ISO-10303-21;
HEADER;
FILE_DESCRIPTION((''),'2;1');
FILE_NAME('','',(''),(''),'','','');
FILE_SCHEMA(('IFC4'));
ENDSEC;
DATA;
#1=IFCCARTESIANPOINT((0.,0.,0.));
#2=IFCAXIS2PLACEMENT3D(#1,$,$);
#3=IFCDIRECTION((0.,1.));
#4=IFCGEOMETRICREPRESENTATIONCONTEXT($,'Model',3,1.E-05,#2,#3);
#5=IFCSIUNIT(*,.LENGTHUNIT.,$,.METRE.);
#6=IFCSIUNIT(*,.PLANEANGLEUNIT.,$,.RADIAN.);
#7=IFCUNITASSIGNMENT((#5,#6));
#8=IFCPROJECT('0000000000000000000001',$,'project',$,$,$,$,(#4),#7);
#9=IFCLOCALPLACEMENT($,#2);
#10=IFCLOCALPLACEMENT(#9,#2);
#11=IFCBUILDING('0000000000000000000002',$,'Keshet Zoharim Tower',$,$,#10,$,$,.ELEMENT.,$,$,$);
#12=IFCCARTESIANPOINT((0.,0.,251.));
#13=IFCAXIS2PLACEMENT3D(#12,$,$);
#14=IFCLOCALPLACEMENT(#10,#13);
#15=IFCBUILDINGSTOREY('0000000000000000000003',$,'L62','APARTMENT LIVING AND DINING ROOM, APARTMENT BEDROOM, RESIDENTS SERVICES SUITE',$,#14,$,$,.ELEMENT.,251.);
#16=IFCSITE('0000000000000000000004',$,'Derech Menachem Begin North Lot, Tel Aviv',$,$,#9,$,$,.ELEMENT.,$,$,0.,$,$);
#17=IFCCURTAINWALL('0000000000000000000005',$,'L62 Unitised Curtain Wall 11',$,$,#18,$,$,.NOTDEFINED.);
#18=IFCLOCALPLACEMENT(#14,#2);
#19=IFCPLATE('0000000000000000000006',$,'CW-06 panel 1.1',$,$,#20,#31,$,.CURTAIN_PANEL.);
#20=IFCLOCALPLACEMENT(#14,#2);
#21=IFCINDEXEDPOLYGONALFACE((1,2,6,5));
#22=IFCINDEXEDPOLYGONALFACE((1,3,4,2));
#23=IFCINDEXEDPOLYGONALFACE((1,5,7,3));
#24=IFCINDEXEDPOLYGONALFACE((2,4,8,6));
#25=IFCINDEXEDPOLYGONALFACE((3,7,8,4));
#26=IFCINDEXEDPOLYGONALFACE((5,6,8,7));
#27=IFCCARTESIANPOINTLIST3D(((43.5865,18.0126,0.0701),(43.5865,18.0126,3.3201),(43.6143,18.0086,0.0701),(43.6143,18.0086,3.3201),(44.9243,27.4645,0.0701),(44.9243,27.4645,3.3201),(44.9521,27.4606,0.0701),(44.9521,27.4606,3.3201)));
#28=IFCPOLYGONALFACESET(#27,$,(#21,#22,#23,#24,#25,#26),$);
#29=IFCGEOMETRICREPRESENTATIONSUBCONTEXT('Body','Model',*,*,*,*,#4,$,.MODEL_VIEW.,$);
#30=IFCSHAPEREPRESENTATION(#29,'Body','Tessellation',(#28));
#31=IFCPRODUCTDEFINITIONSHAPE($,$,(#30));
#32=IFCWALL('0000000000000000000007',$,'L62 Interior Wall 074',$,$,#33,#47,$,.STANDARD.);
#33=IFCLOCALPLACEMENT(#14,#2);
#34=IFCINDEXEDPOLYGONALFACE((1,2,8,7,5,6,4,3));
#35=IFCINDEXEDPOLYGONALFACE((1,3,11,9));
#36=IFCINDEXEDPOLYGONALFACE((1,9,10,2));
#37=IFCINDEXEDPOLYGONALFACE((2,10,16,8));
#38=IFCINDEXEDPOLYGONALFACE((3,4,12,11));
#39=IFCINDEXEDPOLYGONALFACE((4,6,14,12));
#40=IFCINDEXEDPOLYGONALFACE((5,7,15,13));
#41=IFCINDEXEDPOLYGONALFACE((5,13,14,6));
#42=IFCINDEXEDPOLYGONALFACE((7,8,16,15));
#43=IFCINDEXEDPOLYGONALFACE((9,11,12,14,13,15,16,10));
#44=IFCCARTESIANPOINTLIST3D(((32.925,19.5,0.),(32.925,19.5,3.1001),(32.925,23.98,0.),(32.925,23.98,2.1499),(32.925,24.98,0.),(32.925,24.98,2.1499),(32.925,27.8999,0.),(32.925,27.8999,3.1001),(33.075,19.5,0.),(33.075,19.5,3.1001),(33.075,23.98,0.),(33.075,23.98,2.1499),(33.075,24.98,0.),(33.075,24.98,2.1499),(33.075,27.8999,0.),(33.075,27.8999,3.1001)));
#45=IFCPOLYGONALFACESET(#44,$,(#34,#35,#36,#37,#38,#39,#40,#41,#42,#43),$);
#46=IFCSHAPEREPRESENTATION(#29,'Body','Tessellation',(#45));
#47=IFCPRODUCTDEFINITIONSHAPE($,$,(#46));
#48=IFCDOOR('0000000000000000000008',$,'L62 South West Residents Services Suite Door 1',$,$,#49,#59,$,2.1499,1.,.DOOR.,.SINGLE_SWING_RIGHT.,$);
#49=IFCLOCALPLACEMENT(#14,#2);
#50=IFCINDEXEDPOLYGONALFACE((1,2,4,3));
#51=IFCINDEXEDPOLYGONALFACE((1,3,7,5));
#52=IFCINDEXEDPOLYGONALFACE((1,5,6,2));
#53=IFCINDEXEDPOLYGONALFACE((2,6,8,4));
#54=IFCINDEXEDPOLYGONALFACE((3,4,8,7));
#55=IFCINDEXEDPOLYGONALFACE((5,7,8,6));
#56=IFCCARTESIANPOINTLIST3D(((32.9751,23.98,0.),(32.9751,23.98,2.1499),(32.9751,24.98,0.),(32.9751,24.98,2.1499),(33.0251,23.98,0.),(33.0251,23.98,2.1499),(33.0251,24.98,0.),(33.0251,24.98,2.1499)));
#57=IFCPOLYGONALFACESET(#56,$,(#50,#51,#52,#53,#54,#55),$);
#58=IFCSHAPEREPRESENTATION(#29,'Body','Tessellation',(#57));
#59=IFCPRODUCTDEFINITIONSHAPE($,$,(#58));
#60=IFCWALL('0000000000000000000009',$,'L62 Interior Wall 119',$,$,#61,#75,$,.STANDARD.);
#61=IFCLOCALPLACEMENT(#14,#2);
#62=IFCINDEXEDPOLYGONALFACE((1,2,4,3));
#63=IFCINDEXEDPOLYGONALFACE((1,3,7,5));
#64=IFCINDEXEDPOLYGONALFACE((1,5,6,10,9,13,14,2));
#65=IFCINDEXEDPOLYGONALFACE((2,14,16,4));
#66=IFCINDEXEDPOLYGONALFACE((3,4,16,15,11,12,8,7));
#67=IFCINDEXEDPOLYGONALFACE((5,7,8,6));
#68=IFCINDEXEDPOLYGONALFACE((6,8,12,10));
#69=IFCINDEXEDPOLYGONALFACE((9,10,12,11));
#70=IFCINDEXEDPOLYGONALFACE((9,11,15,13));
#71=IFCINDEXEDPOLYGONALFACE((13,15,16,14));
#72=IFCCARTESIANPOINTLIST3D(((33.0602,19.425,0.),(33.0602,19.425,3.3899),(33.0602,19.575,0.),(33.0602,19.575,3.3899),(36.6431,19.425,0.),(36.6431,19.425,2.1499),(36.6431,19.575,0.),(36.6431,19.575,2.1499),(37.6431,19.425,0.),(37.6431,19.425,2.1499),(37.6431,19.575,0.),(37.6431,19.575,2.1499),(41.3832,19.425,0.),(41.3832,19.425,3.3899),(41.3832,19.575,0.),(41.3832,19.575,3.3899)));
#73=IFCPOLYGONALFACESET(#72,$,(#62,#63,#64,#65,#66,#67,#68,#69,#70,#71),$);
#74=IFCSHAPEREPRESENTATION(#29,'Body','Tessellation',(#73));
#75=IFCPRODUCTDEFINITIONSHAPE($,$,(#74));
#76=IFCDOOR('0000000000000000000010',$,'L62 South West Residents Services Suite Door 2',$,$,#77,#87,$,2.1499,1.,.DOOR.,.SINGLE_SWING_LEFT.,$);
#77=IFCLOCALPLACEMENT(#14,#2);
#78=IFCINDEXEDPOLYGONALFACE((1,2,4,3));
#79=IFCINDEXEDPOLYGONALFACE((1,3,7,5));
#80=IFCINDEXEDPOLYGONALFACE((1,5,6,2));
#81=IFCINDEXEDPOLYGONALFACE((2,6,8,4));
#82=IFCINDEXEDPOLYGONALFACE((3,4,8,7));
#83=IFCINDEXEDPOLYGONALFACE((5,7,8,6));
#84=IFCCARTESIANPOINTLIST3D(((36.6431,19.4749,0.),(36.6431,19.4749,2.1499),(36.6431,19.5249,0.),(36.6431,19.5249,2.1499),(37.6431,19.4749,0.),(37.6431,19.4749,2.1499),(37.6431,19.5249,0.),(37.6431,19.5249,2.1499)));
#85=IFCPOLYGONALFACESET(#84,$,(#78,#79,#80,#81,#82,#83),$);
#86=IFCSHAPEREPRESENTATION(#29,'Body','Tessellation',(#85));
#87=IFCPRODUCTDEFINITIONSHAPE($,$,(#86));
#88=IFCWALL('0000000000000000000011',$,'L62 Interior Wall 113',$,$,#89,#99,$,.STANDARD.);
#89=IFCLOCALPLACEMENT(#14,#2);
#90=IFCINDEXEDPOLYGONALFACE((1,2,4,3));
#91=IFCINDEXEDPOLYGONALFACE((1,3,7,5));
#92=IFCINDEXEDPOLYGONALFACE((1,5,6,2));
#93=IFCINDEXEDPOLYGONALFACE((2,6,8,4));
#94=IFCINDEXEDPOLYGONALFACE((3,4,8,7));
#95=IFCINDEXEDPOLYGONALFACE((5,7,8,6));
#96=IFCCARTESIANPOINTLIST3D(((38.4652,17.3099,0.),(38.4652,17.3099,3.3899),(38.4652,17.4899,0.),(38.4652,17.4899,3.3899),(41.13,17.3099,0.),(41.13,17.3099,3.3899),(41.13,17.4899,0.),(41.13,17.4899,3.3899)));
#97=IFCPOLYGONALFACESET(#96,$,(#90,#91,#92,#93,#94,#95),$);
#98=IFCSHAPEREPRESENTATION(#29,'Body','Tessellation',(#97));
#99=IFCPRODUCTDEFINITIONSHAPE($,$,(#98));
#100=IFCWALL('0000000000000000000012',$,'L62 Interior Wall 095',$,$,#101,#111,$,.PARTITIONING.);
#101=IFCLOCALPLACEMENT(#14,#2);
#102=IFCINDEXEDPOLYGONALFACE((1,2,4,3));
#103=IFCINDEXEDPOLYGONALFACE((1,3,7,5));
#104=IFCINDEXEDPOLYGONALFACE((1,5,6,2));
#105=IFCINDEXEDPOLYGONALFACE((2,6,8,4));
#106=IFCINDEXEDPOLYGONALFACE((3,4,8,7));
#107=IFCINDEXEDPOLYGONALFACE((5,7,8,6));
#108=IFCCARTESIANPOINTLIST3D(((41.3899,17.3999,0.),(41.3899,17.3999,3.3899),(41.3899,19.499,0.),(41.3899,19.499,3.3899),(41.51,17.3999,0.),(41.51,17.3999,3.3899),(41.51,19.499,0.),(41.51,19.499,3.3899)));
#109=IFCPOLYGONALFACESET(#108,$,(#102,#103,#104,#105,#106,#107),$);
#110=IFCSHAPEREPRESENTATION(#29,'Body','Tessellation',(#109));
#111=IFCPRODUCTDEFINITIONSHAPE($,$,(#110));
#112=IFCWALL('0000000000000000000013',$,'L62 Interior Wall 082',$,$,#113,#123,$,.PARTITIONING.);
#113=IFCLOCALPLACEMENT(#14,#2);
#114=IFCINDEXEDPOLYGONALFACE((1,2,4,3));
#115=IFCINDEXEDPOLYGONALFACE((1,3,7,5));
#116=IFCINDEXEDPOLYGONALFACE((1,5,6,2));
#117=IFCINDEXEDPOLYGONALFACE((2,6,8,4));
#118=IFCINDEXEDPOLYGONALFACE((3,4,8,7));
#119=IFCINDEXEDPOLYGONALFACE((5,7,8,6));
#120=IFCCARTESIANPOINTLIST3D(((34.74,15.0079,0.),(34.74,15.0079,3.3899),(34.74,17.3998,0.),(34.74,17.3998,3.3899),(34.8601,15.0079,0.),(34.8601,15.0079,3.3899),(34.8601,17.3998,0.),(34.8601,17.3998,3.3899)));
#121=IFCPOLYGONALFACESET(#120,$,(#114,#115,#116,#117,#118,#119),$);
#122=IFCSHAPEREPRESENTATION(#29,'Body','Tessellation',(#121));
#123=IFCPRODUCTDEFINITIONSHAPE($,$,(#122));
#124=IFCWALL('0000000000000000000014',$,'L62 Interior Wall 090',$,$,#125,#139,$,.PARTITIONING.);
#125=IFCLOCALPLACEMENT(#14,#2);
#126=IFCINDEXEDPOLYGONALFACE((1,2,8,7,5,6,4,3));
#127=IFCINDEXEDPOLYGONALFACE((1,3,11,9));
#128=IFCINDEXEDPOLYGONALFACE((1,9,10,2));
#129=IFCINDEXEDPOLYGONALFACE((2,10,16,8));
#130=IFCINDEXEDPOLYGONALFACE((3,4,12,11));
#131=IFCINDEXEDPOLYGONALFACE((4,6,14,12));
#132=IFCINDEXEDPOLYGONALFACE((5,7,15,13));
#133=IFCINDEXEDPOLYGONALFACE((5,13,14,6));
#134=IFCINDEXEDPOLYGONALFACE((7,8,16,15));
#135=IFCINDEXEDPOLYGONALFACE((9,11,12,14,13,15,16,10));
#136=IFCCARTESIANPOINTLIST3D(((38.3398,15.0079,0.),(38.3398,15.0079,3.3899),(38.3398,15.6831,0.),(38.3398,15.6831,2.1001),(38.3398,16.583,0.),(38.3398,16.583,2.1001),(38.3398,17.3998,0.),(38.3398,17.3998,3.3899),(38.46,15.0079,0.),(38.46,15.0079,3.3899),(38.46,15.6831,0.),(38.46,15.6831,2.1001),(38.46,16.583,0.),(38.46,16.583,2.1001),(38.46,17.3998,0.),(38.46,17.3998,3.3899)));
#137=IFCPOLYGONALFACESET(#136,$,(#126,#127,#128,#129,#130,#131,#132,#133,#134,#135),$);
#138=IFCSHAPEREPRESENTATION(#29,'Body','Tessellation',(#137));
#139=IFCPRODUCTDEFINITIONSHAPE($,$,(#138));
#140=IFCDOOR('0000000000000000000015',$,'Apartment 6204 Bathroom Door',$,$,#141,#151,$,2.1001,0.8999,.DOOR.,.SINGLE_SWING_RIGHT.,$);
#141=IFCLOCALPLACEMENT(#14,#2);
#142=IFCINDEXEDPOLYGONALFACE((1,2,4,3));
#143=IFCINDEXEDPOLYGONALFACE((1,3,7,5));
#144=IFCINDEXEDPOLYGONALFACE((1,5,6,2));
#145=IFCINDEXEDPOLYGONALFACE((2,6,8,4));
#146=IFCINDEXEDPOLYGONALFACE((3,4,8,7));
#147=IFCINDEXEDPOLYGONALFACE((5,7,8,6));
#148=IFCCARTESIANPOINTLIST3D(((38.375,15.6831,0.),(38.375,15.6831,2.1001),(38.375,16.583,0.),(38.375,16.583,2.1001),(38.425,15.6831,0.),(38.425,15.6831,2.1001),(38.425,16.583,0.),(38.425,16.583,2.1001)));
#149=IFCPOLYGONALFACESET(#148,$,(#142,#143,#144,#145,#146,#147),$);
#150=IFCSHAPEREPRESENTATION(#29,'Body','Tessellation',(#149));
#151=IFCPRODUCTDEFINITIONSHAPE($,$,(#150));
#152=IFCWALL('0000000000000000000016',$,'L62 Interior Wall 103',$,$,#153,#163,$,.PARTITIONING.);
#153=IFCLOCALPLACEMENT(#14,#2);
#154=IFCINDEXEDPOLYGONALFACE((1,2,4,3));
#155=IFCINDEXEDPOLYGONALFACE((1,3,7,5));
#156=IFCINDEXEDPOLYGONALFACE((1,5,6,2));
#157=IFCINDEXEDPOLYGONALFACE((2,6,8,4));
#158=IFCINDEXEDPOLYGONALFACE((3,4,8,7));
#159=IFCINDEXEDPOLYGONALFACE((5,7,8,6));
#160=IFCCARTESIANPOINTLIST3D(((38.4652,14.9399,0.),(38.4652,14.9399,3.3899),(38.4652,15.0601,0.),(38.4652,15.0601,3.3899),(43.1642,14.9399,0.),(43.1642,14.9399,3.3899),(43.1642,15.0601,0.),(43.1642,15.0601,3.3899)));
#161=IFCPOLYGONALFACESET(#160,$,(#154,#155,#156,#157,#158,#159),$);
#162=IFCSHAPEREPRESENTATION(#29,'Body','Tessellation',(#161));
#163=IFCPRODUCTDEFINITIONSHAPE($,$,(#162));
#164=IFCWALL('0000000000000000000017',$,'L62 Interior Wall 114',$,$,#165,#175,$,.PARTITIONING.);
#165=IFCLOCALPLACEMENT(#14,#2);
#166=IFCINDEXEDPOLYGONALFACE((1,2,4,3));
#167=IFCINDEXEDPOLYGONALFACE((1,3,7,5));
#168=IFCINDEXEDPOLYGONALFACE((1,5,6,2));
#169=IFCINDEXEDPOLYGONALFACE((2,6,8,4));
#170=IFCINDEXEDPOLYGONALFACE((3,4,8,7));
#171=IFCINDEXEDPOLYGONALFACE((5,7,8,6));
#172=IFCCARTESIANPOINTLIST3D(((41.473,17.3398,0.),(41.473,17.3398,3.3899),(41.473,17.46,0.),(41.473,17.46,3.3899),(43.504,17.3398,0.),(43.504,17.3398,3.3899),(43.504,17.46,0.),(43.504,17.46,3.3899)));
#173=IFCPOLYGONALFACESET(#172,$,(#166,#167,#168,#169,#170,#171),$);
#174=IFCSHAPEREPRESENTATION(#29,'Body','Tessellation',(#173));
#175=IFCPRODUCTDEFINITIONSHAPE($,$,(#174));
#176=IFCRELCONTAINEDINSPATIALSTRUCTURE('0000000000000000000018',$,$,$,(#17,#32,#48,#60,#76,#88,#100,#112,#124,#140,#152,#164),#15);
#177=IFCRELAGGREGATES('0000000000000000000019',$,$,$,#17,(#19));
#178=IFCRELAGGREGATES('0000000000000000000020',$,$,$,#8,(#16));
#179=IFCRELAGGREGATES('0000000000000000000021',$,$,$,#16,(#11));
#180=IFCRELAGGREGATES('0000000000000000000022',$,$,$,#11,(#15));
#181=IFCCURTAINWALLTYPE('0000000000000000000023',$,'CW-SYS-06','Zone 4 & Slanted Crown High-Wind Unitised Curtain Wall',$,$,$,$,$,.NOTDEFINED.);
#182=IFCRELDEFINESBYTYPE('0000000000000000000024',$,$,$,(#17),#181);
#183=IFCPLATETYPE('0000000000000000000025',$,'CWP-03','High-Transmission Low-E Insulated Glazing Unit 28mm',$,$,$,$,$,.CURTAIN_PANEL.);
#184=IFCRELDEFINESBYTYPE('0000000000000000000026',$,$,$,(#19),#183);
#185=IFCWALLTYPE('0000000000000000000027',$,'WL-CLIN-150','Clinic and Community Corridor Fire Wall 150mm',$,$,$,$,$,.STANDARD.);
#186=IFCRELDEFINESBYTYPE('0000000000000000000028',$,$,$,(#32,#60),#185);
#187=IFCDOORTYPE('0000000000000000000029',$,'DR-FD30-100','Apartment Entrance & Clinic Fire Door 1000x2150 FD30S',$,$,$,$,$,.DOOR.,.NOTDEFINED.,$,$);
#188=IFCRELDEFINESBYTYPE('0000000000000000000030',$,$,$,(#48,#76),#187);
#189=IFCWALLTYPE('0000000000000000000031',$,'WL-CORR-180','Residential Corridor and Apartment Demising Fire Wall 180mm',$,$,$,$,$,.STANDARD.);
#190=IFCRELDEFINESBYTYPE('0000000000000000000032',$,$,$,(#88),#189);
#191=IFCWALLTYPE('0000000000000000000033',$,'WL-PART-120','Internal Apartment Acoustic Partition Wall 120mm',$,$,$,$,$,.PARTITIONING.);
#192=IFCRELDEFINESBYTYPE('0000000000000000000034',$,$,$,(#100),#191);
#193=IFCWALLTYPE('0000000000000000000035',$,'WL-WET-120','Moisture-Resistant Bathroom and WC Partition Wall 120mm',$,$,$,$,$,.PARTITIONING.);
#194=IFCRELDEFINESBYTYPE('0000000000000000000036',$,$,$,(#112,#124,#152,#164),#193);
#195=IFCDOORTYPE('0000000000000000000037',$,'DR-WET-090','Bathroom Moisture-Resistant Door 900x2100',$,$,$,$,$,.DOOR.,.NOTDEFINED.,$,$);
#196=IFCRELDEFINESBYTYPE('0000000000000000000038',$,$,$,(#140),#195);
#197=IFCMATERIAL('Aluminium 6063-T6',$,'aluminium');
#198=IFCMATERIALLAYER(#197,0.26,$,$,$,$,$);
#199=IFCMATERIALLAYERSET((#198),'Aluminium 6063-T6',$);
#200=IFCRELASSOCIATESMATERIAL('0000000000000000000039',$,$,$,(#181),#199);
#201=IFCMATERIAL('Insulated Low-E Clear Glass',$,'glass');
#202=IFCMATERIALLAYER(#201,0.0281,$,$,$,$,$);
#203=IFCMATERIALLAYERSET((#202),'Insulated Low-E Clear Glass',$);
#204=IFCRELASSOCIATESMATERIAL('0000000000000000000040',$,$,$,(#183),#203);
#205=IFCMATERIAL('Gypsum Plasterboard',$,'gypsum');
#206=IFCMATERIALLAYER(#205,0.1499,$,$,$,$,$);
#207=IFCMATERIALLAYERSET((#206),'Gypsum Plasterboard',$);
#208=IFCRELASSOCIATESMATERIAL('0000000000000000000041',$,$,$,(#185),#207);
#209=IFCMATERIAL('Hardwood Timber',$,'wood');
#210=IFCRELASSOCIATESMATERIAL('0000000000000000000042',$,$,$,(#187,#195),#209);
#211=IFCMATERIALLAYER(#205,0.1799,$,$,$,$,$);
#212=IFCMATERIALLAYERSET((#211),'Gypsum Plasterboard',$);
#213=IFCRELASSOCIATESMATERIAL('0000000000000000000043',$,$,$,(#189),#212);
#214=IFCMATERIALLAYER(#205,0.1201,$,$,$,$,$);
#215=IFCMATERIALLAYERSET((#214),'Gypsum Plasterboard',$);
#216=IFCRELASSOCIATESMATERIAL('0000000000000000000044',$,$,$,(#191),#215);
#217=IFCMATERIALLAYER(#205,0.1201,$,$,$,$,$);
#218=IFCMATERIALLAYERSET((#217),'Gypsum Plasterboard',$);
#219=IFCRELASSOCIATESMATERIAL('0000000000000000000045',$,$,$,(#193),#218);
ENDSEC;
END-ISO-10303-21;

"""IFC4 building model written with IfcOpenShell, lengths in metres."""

from ifc_helpers import new_model, si_unit, direction, frame, frame_2d, origin, origin_2d, place, context, subcontext, project, spatial, rectangle, extrude, material, layer, layer_set, type_object, element, fill, aggregate, save


model = new_model("IFC4")

# Units and contexts
model_context = context("Model", 3, precision=1e-05, world=origin(), true_north=direction((0.0, 1.0)))
body_context = subcontext(model_context, "Body", "Model", "MODEL_VIEW")
ifc_project = project(units=[si_unit("LENGTHUNIT", "METRE"), si_unit("PLANEANGLEUNIT", "RADIAN")], contexts=[model_context])

# Site, building, storey
site_placement = place(None, origin())
site = spatial("IfcSite", under=ifc_project, at=site_placement, Name="Derech Menachem Begin North Lot, Tel Aviv", CompositionType="ELEMENT", RefElevation=0.0)
building_placement = place(site_placement, origin())
building = spatial("IfcBuilding", under=site, at=building_placement, Name="Keshet Zoharim Tower", CompositionType="ELEMENT")
storey_placement = place(building_placement, frame((0.0, 0.0, 251.0)))
storey = spatial("IfcBuildingStorey", under=building, at=storey_placement, Name="L62", Description="APARTMENT LIVING AND DINING ROOM, APARTMENT BEDROOM, RESIDENTS SERVICES SUITE", CompositionType="ELEMENT", Elevation=251.0)

# Shared definitions
ifc_material_1 = material(Name="Aluminium 6063-T6", Category="aluminium")
ifc_layer_1 = layer(ifc_material_1, 0.26)
ifc_layer_set_1 = layer_set([ifc_layer_1], Name="Aluminium 6063-T6")
curtain_wall_type = type_object("IfcCurtainWallType", Name="CW-SYS-06", Description="Zone 4 & Slanted Crown High-Wind Unitised Curtain Wall", PredefinedType="NOTDEFINED", material=ifc_layer_set_1)

# Curtain wall
curtain_wall_1_placement = place(storey_placement, origin())
curtain_wall_1 = element("IfcCurtainWall", 1, at=curtain_wall_1_placement, inside=storey, type_object=curtain_wall_type, Name="L62 Unitised Curtain Wall 11", PredefinedType="NOTDEFINED")

# Plate
ifc_material_2 = material(Name="Insulated Low-E Clear Glass", Category="glass")
ifc_layer_2 = layer(ifc_material_2, 0.0281)
ifc_layer_set_2 = layer_set([ifc_layer_2], Name="Insulated Low-E Clear Glass")
plate_type = type_object("IfcPlateType", Name="CWP-03", Description="High-Transmission Low-E Insulated Glazing Unit 28mm", PredefinedType="CURTAIN_PANEL", material=ifc_layer_set_2)
plate_1_placement = place(storey_placement, frame((44.2693, 22.7366, 0.0701), z_axis=(0.0, 0.0, 1.0), x_axis=(-0.140137, -0.990132, 0.0)))
plate_1 = element("IfcPlate", 2, at=plate_1_placement, type_object=plate_type, Name="CW-06 panel 1.1", PredefinedType="CURTAIN_PANEL", context=body_context, shape_type="SweptSolid", body=[
    extrude(rectangle(XDim=9.5461, YDim=0.0281, at=origin_2d()), origin(), (0.0, 0.0, 1.0), 3.25),
])
aggregate(curtain_wall_1, [plate_1])

# Walls, openings, doors
ifc_material_3 = material(Name="Gypsum Plasterboard", Category="gypsum")
ifc_layer_3 = layer(ifc_material_3, 0.1499)
ifc_layer_set_3 = layer_set([ifc_layer_3], Name="Gypsum Plasterboard")
wall_type_1 = type_object("IfcWallType", Name="WL-CLIN-150", Description="Clinic and Community Corridor Fire Wall 150mm", PredefinedType="STANDARD", material=ifc_layer_set_3)
wall_1_placement = place(storey_placement, frame((33.0, 19.5, 0.0), z_axis=(0.0, 0.0, 1.0), x_axis=(0.0, 1.0, 0.0)))
wall_1 = element("IfcWall", 3, at=wall_1_placement, inside=storey, type_object=wall_type_1, Name="L62 Interior Wall 074", PredefinedType="STANDARD", context=body_context, shape_type="SweptSolid", body=[
    extrude(rectangle(XDim=8.3999, YDim=0.1499, at=frame_2d((4.2, 0.0))), origin(), (0.0, 0.0, 1.0), 3.1001),
])
opening_1_placement = place(wall_1_placement, frame((4.48, 0.0, 0.0)))
opening_1 = element("IfcOpeningElement", 4, at=opening_1_placement, cuts=wall_1, PredefinedType="OPENING", context=body_context, shape_type="SweptSolid", body=[
    extrude(rectangle(XDim=1.0, YDim=2.1499, at=frame_2d((0.5, 1.075))), frame((0.0, 0.085, 0.0), z_axis=(0.0, -1.0, 0.0), x_axis=(1.0, 0.0, 0.0)), (0.0, 0.0, 1.0), 0.1699),
])
ifc_material_4 = material(Name="Hardwood Timber", Category="wood")
door_type_1 = type_object("IfcDoorType", Name="DR-FD30-100", Description="Apartment Entrance & Clinic Fire Door 1000x2150 FD30S", OperationType="NOTDEFINED", PredefinedType="DOOR", material=ifc_material_4)
door_1_placement = place(opening_1_placement, origin())
door_1 = element("IfcDoor", 5, at=door_1_placement, inside=storey, type_object=door_type_1, Name="L62 South West Residents Services Suite Door 1", OperationType="SINGLE_SWING_RIGHT", OverallHeight=2.1499, OverallWidth=1.0, PredefinedType="DOOR", context=body_context, shape_type="SweptSolid", body=[
    extrude(rectangle(XDim=1.0, YDim=2.1499, at=frame_2d((0.5, 1.075))), frame((0.0, 0.0249, 0.0), z_axis=(0.0, -1.0, 0.0), x_axis=(1.0, 0.0, 0.0)), (0.0, 0.0, 1.0), 0.05),
])
fill(opening_1, door_1)
wall_2_placement = place(storey_placement, frame((33.0601, 19.5, 0.0), z_axis=(0.0, 0.0, 1.0), x_axis=(1.0, 0.0, 0.0)))
wall_2 = element("IfcWall", 6, at=wall_2_placement, inside=storey, type_object=wall_type_1, Name="L62 Interior Wall 119", PredefinedType="STANDARD", context=body_context, shape_type="SweptSolid", body=[
    extrude(rectangle(XDim=8.323, YDim=0.1499, at=frame_2d((4.1616, 0.0))), origin(), (0.0, 0.0, 1.0), 3.3899),
])
opening_2_placement = place(wall_2_placement, frame((3.583, 0.0, 0.0)))
opening_2 = element("IfcOpeningElement", 7, at=opening_2_placement, cuts=wall_2, PredefinedType="OPENING", context=body_context, shape_type="SweptSolid", body=[
    extrude(rectangle(XDim=1.0, YDim=2.1499, at=frame_2d((0.5, 1.075))), frame((0.0, 0.085, 0.0), z_axis=(0.0, -1.0, 0.0), x_axis=(1.0, 0.0, 0.0)), (0.0, 0.0, 1.0), 0.1699),
])
door_2_placement = place(opening_2_placement, origin())
door_2 = element("IfcDoor", 8, at=door_2_placement, inside=storey, type_object=door_type_1, Name="L62 South West Residents Services Suite Door 2", OperationType="SINGLE_SWING_LEFT", OverallHeight=2.1499, OverallWidth=1.0, PredefinedType="DOOR", context=body_context, shape_type="SweptSolid", body=[
    extrude(rectangle(XDim=1.0, YDim=2.1499, at=frame_2d((0.5, 1.075))), frame((0.0, 0.0249, 0.0), z_axis=(0.0, -1.0, 0.0), x_axis=(1.0, 0.0, 0.0)), (0.0, 0.0, 1.0), 0.05),
])
fill(opening_2, door_2)
ifc_layer_4 = layer(ifc_material_3, 0.1799)
ifc_layer_set_4 = layer_set([ifc_layer_4], Name="Gypsum Plasterboard")
wall_type_2 = type_object("IfcWallType", Name="WL-CORR-180", Description="Residential Corridor and Apartment Demising Fire Wall 180mm", PredefinedType="STANDARD", material=ifc_layer_set_4)

# Walls
wall_3_placement = place(storey_placement, frame((38.4651, 17.3999, 0.0), z_axis=(0.0, 0.0, 1.0), x_axis=(1.0, 0.0, 0.0)))
element("IfcWall", 9, at=wall_3_placement, inside=storey, type_object=wall_type_2, Name="L62 Interior Wall 113", PredefinedType="STANDARD", context=body_context, shape_type="SweptSolid", body=[
    extrude(rectangle(XDim=2.6648, YDim=0.1799, at=frame_2d((1.3325, 0.0))), origin(), (0.0, 0.0, 1.0), 3.3899),
])
ifc_layer_5 = layer(ifc_material_3, 0.1201)
ifc_layer_set_5 = layer_set([ifc_layer_5], Name="Gypsum Plasterboard")
wall_type_3 = type_object("IfcWallType", Name="WL-PART-120", Description="Internal Apartment Acoustic Partition Wall 120mm", PredefinedType="PARTITIONING", material=ifc_layer_set_5)
wall_4_placement = place(storey_placement, frame((41.45, 17.3999, 0.0), z_axis=(0.0, 0.0, 1.0), x_axis=(0.0, 1.0, 0.0)))
element("IfcWall", 10, at=wall_4_placement, inside=storey, type_object=wall_type_3, Name="L62 Interior Wall 095", PredefinedType="PARTITIONING", context=body_context, shape_type="SweptSolid", body=[
    extrude(rectangle(XDim=2.0991, YDim=0.1201, at=frame_2d((1.0496, 0.0))), origin(), (0.0, 0.0, 1.0), 3.3899),
])
ifc_layer_6 = layer(ifc_material_3, 0.1201)
ifc_layer_set_6 = layer_set([ifc_layer_6], Name="Gypsum Plasterboard")
wall_type_4 = type_object("IfcWallType", Name="WL-WET-120", Description="Moisture-Resistant Bathroom and WC Partition Wall 120mm", PredefinedType="PARTITIONING", material=ifc_layer_set_6)
wall_5_placement = place(storey_placement, frame((34.8, 15.0081, 0.0), z_axis=(0.0, 0.0, 1.0), x_axis=(0.0, 1.0, 0.0)))
element("IfcWall", 11, at=wall_5_placement, inside=storey, type_object=wall_type_4, Name="L62 Interior Wall 082", PredefinedType="PARTITIONING", context=body_context, shape_type="SweptSolid", body=[
    extrude(rectangle(XDim=2.3918, YDim=0.1201, at=frame_2d((1.1958, 0.0))), origin(), (0.0, 0.0, 1.0), 3.3899),
])

# Wall, opening, door
wall_6_placement = place(storey_placement, frame((38.3999, 15.0081, 0.0), z_axis=(0.0, 0.0, 1.0), x_axis=(0.0, 1.0, 0.0)))
wall_6 = element("IfcWall", 12, at=wall_6_placement, inside=storey, type_object=wall_type_4, Name="L62 Interior Wall 090", PredefinedType="PARTITIONING", context=body_context, shape_type="SweptSolid", body=[
    extrude(rectangle(XDim=2.3918, YDim=0.1201, at=frame_2d((1.1958, 0.0))), origin(), (0.0, 0.0, 1.0), 3.3899),
])
opening_3_placement = place(wall_6_placement, frame((0.675, 0.0, 0.0)))
opening_3 = element("IfcOpeningElement", 13, at=opening_3_placement, cuts=wall_6, PredefinedType="OPENING", context=body_context, shape_type="SweptSolid", body=[
    extrude(rectangle(XDim=0.8999, YDim=2.1001, at=frame_2d((0.45, 1.05))), frame((0.0, 0.0701, 0.0), z_axis=(0.0, -1.0, 0.0), x_axis=(1.0, 0.0, 0.0)), (0.0, 0.0, 1.0), 0.1401),
])
door_type_2 = type_object("IfcDoorType", Name="DR-WET-090", Description="Bathroom Moisture-Resistant Door 900x2100", OperationType="NOTDEFINED", PredefinedType="DOOR", material=ifc_material_4)
door_3_placement = place(opening_3_placement, origin())
door_3 = element("IfcDoor", 14, at=door_3_placement, inside=storey, type_object=door_type_2, Name="Apartment 6204 Bathroom Door", OperationType="SINGLE_SWING_RIGHT", OverallHeight=2.1001, OverallWidth=0.8999, PredefinedType="DOOR", context=body_context, shape_type="SweptSolid", body=[
    extrude(rectangle(XDim=0.8999, YDim=2.1001, at=frame_2d((0.45, 1.05))), frame((0.0, 0.0249, 0.0), z_axis=(0.0, -1.0, 0.0), x_axis=(1.0, 0.0, 0.0)), (0.0, 0.0, 1.0), 0.05),
])
fill(opening_3, door_3)

# Walls
wall_7_placement = place(storey_placement, frame((38.4651, 15.0, 0.0), z_axis=(0.0, 0.0, 1.0), x_axis=(1.0, 0.0, 0.0)))
element("IfcWall", 15, at=wall_7_placement, inside=storey, type_object=wall_type_4, Name="L62 Interior Wall 103", PredefinedType="PARTITIONING", context=body_context, shape_type="SweptSolid", body=[
    extrude(rectangle(XDim=4.699, YDim=0.1201, at=frame_2d((2.3496, 0.0))), origin(), (0.0, 0.0, 1.0), 3.3899),
])
wall_8_placement = place(storey_placement, frame((41.4729, 17.3999, 0.0), z_axis=(0.0, 0.0, 1.0), x_axis=(1.0, 0.0, 0.0)))
element("IfcWall", 16, at=wall_8_placement, inside=storey, type_object=wall_type_4, Name="L62 Interior Wall 114", PredefinedType="PARTITIONING", context=body_context, shape_type="SweptSolid", body=[
    extrude(rectangle(XDim=2.031, YDim=0.1201, at=frame_2d((1.0156, 0.0))), origin(), (0.0, 0.0, 1.0), 3.3899),
])

save(model, "model.ifc")
